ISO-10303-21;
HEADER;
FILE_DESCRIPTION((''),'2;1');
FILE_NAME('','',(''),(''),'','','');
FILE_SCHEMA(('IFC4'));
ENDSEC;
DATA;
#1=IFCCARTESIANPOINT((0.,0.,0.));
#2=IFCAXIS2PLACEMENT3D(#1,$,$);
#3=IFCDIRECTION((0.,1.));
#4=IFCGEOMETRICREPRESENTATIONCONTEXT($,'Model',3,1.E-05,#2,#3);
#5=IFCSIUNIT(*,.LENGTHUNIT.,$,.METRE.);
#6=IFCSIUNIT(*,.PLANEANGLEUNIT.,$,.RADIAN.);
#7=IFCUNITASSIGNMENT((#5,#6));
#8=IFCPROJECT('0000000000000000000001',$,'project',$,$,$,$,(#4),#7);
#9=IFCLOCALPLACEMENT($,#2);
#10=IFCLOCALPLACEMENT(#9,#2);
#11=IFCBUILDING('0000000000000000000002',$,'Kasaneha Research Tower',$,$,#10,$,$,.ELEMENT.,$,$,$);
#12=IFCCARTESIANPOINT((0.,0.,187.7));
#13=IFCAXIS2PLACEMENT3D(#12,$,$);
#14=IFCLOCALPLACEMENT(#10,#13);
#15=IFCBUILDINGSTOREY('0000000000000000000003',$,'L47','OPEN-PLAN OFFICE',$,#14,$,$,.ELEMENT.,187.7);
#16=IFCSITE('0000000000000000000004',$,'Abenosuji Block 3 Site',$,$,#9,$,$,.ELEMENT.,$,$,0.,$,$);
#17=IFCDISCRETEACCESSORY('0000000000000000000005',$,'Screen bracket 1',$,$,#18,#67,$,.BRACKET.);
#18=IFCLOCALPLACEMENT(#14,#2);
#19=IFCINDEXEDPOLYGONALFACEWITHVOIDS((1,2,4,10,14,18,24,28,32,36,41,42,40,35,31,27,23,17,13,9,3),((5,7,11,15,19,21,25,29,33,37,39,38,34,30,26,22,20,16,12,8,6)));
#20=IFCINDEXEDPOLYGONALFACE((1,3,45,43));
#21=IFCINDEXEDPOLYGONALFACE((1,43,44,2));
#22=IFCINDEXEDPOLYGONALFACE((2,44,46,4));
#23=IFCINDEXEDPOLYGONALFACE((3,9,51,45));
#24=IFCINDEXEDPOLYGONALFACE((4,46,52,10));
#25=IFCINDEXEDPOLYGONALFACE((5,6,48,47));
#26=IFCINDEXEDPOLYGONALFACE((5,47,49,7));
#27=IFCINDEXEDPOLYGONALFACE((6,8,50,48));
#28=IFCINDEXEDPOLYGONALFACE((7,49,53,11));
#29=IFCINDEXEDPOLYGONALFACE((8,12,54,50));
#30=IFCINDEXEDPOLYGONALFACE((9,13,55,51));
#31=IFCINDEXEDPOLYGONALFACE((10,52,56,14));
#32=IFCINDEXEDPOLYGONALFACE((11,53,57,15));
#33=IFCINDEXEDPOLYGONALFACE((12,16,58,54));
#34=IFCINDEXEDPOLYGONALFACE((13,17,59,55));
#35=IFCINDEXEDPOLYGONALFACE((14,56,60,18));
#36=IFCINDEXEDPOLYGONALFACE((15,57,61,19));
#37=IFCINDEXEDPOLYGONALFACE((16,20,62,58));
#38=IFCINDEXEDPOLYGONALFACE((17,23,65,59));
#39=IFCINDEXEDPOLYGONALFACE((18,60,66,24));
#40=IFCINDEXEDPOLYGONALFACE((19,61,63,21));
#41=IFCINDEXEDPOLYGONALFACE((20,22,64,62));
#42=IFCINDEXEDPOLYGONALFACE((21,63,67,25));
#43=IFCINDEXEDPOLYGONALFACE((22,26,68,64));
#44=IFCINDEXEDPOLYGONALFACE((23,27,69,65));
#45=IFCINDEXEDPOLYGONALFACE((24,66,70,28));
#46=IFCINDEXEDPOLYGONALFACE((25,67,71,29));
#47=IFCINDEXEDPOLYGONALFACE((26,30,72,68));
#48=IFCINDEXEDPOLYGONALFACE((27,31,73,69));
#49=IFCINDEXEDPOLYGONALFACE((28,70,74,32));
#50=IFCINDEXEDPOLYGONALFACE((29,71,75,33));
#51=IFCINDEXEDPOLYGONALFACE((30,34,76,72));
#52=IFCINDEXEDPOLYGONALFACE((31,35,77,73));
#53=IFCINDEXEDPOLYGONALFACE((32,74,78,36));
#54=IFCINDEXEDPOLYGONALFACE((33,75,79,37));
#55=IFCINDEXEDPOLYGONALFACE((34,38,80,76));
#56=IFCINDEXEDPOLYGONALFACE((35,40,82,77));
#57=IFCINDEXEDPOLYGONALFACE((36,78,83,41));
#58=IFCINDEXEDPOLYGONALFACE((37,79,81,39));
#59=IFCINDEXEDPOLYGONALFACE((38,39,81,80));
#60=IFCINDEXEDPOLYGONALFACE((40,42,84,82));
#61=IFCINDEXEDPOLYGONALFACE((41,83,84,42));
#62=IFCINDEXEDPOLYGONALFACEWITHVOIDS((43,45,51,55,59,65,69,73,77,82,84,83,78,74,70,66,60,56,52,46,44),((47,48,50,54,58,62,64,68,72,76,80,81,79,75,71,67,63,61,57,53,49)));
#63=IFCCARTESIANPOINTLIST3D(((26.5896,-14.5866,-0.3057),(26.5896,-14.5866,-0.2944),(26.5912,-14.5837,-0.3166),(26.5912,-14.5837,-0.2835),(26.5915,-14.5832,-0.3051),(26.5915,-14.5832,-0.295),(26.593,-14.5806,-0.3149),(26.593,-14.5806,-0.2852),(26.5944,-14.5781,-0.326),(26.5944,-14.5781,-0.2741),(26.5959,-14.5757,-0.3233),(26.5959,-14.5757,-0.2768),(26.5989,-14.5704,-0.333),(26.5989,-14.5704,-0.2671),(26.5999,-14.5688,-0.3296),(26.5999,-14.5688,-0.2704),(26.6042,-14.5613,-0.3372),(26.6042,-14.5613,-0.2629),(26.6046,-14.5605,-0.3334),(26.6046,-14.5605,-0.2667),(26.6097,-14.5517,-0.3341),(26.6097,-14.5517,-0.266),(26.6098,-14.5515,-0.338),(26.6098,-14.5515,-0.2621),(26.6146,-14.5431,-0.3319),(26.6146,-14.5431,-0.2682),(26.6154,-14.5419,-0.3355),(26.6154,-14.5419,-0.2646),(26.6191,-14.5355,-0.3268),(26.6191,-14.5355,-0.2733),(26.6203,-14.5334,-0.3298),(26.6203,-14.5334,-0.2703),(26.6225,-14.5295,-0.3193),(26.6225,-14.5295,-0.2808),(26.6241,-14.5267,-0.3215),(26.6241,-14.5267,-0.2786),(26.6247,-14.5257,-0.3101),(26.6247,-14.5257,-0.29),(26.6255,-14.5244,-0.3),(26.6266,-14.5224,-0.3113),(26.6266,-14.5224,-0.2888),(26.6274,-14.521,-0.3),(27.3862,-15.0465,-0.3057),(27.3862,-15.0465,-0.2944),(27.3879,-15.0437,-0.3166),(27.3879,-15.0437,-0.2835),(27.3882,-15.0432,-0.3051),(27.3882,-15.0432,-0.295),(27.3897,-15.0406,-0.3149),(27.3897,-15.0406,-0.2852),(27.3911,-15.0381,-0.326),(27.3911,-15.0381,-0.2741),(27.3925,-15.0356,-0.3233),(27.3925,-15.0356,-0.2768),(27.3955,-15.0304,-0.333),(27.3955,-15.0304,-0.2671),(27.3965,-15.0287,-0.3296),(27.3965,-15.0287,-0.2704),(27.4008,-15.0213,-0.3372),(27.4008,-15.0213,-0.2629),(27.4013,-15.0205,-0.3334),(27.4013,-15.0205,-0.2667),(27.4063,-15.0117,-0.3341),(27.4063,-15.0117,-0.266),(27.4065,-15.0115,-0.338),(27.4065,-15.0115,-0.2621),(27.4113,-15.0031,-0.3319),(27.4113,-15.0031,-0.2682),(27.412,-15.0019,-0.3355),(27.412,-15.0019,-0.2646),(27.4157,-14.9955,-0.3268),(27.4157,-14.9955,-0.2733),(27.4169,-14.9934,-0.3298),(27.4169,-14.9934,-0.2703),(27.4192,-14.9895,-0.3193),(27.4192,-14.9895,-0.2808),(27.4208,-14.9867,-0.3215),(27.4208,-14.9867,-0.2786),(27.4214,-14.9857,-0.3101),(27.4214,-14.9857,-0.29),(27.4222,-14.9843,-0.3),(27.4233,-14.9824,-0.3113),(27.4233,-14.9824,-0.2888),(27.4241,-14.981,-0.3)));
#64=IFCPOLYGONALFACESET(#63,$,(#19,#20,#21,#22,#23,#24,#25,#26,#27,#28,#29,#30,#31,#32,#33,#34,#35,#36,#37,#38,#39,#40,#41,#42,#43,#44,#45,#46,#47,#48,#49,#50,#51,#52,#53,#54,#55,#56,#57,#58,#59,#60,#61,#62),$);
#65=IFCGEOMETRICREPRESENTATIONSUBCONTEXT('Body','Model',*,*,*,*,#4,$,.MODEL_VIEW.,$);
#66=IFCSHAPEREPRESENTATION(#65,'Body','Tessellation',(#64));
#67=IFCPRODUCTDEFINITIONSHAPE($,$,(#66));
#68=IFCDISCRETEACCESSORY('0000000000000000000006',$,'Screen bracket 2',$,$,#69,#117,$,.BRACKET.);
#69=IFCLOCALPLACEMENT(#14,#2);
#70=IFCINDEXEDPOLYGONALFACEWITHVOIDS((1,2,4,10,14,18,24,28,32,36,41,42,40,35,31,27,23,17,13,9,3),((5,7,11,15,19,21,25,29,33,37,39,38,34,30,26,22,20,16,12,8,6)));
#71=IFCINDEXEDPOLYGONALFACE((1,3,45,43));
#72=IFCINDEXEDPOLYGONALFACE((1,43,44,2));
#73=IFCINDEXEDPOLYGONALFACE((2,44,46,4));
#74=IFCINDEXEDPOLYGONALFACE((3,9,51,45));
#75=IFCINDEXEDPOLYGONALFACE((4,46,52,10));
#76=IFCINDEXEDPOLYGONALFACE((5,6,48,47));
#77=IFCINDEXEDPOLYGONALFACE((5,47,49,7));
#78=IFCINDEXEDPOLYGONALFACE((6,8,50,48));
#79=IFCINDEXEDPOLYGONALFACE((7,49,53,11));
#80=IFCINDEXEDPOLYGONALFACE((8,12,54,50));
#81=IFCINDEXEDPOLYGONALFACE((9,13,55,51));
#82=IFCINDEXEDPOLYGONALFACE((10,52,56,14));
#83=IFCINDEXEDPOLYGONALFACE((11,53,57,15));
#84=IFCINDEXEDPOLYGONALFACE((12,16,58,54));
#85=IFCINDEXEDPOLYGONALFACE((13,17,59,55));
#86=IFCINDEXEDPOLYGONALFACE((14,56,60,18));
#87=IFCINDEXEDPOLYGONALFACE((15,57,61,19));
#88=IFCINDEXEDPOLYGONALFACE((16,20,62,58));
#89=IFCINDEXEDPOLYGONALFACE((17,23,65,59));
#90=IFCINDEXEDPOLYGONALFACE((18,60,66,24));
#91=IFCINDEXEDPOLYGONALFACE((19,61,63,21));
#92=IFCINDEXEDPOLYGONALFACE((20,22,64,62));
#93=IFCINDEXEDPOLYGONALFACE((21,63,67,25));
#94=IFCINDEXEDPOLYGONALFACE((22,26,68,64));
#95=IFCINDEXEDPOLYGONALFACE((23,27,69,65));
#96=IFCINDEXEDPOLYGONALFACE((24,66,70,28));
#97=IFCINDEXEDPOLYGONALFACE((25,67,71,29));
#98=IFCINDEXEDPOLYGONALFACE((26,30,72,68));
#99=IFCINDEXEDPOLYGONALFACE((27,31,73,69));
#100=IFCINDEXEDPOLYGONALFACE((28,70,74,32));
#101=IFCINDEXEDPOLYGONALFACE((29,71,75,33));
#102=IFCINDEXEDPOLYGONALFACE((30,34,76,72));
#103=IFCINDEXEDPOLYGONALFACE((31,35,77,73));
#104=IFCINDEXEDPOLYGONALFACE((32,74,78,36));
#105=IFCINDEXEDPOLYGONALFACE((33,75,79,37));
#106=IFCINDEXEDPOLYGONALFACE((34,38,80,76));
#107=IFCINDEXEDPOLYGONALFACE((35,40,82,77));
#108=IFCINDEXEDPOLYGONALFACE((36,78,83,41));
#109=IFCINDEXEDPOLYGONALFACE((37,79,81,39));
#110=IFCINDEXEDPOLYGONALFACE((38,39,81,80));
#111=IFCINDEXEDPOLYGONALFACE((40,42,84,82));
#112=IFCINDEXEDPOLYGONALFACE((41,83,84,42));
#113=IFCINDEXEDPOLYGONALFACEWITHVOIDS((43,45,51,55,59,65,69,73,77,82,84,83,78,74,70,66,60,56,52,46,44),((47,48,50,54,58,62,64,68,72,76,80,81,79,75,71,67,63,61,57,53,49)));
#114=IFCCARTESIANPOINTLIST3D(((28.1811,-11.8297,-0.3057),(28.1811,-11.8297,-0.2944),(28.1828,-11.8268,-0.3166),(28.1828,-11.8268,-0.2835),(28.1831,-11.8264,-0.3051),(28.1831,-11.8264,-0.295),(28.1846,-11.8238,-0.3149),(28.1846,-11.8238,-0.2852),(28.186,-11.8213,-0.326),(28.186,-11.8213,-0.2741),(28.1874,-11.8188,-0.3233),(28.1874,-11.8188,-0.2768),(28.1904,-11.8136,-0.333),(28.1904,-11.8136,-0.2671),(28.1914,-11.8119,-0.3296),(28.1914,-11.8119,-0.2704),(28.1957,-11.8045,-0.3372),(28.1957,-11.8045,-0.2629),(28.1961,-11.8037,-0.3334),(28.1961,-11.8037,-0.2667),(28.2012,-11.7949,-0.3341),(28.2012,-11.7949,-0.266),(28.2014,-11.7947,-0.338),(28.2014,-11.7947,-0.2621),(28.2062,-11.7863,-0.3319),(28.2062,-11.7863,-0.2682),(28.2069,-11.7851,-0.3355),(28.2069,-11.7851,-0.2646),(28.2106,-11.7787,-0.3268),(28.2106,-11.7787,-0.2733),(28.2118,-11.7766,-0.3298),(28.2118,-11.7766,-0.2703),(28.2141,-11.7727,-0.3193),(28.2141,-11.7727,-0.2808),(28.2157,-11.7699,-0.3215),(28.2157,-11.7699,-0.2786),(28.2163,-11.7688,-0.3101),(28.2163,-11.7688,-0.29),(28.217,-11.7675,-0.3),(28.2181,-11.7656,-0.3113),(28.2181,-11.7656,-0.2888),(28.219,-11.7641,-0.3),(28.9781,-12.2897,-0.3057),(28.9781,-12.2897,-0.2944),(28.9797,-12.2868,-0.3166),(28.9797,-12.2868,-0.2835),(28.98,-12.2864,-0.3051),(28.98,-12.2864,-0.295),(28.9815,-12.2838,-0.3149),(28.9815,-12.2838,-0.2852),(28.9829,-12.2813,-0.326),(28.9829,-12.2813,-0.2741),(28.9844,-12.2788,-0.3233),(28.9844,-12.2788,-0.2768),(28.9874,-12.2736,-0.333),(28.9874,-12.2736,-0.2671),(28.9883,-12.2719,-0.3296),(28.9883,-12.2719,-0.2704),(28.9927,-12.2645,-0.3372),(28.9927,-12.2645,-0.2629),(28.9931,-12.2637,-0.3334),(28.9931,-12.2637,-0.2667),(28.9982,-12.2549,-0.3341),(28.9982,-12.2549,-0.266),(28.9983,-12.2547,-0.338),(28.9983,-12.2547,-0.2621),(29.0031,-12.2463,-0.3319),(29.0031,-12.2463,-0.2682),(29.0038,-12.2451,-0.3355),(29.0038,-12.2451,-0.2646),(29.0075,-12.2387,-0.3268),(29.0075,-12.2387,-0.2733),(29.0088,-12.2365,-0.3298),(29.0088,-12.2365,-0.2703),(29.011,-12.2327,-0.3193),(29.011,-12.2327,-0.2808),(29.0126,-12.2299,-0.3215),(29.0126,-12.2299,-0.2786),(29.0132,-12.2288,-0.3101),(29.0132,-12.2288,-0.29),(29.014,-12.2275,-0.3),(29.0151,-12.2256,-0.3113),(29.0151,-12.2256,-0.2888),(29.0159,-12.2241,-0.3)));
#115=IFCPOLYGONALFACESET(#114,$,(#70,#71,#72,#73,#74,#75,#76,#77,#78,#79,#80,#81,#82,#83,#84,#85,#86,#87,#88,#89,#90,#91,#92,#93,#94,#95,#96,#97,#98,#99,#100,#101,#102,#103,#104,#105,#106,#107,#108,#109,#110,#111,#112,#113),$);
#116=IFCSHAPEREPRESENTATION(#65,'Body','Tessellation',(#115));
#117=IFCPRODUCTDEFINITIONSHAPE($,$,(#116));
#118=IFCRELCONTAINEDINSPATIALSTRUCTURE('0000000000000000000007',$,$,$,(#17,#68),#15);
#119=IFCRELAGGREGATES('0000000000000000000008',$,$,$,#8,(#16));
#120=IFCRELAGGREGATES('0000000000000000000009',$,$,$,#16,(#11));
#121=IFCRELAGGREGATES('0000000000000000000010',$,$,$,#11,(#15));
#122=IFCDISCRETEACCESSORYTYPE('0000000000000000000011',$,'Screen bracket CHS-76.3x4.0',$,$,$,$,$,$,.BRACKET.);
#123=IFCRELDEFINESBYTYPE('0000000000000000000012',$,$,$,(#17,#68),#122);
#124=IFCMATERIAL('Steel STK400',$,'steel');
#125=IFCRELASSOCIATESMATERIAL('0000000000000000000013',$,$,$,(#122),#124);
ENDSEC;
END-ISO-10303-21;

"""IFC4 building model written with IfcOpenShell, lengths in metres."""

from ifc_helpers import new_model, si_unit, direction, frame, origin, origin_2d, place, context, subcontext, project, spatial, hollow_circle, extrude, material, material_profile, profile_set, type_object, element, save


model = new_model("IFC4")

# Units and contexts
model_context = context("Model", 3, precision=1e-05, world=origin(), true_north=direction((0.0, 1.0)))
body_context = subcontext(model_context, "Body", "Model", "MODEL_VIEW")
ifc_project = project(units=[si_unit("LENGTHUNIT", "METRE"), si_unit("PLANEANGLEUNIT", "RADIAN")], contexts=[model_context])

# Site, building, storey
site_placement = place(None, origin())
site = spatial("IfcSite", under=ifc_project, at=site_placement, Name="Abenosuji Block 3 Site", CompositionType="ELEMENT", RefElevation=0.0)
building_placement = place(site_placement, origin())
building = spatial("IfcBuilding", under=site, at=building_placement, Name="Kasaneha Research Tower", CompositionType="ELEMENT")
storey_placement = place(building_placement, frame((0.0, 0.0, 187.7)))
storey = spatial("IfcBuildingStorey", under=building, at=storey_placement, Name="L47", Description="OPEN-PLAN OFFICE", CompositionType="ELEMENT", Elevation=187.7)

# Discrete accessories
ifc_material_1 = material(Name="Steel STK400", Category="steel")
ifc_material_profile_1 = material_profile(ifc_material_1, hollow_circle(Radius=0.0381, WallThickness=0.0039, at=origin_2d()), Name="CHS-76.3x4.0")
ifc_profile_set_1 = profile_set([ifc_material_profile_1], Name="Steel STK400")
discrete_accessory_type = type_object("IfcDiscreteAccessoryType", Name="Screen bracket CHS-76.3x4.0", PredefinedType="BRACKET", material=ifc_profile_set_1)
for number, where, z_axis, x_axis, name in (
    (1, (26.6084, -14.554, -0.3), (0.866013, -0.500021, 0.0), (0.500021, 0.866013, 0.0), "Screen bracket 1"),
):
    element("IfcDiscreteAccessory", number, at=place(storey_placement, frame(where, z_axis=z_axis, x_axis=x_axis)), inside=storey, type_object=discrete_accessory_type, Name=name, PredefinedType="BRACKET", context=body_context, shape_type="SweptSolid", body=[
        extrude(hollow_circle(Radius=0.0381, WallThickness=0.0039, at=origin_2d()), origin(), (0.0, 0.0, 1.0), 0.9199),
    ])
discrete_accessory_1_placement = place(storey_placement, frame((28.2, -11.7971, -0.3), z_axis=(0.86608, -0.499906, 0.0), x_axis=(0.499906, 0.86608, 0.0)))
element("IfcDiscreteAccessory", 2, at=discrete_accessory_1_placement, inside=storey, type_object=discrete_accessory_type, Name="Screen bracket 2", PredefinedType="BRACKET", context=body_context, shape_type="SweptSolid", body=[
    extrude(hollow_circle(Radius=0.0381, WallThickness=0.0039, at=origin_2d()), origin(), (0.0, 0.0, 1.0), 0.9202),
])

save(model, "model.ifc")
